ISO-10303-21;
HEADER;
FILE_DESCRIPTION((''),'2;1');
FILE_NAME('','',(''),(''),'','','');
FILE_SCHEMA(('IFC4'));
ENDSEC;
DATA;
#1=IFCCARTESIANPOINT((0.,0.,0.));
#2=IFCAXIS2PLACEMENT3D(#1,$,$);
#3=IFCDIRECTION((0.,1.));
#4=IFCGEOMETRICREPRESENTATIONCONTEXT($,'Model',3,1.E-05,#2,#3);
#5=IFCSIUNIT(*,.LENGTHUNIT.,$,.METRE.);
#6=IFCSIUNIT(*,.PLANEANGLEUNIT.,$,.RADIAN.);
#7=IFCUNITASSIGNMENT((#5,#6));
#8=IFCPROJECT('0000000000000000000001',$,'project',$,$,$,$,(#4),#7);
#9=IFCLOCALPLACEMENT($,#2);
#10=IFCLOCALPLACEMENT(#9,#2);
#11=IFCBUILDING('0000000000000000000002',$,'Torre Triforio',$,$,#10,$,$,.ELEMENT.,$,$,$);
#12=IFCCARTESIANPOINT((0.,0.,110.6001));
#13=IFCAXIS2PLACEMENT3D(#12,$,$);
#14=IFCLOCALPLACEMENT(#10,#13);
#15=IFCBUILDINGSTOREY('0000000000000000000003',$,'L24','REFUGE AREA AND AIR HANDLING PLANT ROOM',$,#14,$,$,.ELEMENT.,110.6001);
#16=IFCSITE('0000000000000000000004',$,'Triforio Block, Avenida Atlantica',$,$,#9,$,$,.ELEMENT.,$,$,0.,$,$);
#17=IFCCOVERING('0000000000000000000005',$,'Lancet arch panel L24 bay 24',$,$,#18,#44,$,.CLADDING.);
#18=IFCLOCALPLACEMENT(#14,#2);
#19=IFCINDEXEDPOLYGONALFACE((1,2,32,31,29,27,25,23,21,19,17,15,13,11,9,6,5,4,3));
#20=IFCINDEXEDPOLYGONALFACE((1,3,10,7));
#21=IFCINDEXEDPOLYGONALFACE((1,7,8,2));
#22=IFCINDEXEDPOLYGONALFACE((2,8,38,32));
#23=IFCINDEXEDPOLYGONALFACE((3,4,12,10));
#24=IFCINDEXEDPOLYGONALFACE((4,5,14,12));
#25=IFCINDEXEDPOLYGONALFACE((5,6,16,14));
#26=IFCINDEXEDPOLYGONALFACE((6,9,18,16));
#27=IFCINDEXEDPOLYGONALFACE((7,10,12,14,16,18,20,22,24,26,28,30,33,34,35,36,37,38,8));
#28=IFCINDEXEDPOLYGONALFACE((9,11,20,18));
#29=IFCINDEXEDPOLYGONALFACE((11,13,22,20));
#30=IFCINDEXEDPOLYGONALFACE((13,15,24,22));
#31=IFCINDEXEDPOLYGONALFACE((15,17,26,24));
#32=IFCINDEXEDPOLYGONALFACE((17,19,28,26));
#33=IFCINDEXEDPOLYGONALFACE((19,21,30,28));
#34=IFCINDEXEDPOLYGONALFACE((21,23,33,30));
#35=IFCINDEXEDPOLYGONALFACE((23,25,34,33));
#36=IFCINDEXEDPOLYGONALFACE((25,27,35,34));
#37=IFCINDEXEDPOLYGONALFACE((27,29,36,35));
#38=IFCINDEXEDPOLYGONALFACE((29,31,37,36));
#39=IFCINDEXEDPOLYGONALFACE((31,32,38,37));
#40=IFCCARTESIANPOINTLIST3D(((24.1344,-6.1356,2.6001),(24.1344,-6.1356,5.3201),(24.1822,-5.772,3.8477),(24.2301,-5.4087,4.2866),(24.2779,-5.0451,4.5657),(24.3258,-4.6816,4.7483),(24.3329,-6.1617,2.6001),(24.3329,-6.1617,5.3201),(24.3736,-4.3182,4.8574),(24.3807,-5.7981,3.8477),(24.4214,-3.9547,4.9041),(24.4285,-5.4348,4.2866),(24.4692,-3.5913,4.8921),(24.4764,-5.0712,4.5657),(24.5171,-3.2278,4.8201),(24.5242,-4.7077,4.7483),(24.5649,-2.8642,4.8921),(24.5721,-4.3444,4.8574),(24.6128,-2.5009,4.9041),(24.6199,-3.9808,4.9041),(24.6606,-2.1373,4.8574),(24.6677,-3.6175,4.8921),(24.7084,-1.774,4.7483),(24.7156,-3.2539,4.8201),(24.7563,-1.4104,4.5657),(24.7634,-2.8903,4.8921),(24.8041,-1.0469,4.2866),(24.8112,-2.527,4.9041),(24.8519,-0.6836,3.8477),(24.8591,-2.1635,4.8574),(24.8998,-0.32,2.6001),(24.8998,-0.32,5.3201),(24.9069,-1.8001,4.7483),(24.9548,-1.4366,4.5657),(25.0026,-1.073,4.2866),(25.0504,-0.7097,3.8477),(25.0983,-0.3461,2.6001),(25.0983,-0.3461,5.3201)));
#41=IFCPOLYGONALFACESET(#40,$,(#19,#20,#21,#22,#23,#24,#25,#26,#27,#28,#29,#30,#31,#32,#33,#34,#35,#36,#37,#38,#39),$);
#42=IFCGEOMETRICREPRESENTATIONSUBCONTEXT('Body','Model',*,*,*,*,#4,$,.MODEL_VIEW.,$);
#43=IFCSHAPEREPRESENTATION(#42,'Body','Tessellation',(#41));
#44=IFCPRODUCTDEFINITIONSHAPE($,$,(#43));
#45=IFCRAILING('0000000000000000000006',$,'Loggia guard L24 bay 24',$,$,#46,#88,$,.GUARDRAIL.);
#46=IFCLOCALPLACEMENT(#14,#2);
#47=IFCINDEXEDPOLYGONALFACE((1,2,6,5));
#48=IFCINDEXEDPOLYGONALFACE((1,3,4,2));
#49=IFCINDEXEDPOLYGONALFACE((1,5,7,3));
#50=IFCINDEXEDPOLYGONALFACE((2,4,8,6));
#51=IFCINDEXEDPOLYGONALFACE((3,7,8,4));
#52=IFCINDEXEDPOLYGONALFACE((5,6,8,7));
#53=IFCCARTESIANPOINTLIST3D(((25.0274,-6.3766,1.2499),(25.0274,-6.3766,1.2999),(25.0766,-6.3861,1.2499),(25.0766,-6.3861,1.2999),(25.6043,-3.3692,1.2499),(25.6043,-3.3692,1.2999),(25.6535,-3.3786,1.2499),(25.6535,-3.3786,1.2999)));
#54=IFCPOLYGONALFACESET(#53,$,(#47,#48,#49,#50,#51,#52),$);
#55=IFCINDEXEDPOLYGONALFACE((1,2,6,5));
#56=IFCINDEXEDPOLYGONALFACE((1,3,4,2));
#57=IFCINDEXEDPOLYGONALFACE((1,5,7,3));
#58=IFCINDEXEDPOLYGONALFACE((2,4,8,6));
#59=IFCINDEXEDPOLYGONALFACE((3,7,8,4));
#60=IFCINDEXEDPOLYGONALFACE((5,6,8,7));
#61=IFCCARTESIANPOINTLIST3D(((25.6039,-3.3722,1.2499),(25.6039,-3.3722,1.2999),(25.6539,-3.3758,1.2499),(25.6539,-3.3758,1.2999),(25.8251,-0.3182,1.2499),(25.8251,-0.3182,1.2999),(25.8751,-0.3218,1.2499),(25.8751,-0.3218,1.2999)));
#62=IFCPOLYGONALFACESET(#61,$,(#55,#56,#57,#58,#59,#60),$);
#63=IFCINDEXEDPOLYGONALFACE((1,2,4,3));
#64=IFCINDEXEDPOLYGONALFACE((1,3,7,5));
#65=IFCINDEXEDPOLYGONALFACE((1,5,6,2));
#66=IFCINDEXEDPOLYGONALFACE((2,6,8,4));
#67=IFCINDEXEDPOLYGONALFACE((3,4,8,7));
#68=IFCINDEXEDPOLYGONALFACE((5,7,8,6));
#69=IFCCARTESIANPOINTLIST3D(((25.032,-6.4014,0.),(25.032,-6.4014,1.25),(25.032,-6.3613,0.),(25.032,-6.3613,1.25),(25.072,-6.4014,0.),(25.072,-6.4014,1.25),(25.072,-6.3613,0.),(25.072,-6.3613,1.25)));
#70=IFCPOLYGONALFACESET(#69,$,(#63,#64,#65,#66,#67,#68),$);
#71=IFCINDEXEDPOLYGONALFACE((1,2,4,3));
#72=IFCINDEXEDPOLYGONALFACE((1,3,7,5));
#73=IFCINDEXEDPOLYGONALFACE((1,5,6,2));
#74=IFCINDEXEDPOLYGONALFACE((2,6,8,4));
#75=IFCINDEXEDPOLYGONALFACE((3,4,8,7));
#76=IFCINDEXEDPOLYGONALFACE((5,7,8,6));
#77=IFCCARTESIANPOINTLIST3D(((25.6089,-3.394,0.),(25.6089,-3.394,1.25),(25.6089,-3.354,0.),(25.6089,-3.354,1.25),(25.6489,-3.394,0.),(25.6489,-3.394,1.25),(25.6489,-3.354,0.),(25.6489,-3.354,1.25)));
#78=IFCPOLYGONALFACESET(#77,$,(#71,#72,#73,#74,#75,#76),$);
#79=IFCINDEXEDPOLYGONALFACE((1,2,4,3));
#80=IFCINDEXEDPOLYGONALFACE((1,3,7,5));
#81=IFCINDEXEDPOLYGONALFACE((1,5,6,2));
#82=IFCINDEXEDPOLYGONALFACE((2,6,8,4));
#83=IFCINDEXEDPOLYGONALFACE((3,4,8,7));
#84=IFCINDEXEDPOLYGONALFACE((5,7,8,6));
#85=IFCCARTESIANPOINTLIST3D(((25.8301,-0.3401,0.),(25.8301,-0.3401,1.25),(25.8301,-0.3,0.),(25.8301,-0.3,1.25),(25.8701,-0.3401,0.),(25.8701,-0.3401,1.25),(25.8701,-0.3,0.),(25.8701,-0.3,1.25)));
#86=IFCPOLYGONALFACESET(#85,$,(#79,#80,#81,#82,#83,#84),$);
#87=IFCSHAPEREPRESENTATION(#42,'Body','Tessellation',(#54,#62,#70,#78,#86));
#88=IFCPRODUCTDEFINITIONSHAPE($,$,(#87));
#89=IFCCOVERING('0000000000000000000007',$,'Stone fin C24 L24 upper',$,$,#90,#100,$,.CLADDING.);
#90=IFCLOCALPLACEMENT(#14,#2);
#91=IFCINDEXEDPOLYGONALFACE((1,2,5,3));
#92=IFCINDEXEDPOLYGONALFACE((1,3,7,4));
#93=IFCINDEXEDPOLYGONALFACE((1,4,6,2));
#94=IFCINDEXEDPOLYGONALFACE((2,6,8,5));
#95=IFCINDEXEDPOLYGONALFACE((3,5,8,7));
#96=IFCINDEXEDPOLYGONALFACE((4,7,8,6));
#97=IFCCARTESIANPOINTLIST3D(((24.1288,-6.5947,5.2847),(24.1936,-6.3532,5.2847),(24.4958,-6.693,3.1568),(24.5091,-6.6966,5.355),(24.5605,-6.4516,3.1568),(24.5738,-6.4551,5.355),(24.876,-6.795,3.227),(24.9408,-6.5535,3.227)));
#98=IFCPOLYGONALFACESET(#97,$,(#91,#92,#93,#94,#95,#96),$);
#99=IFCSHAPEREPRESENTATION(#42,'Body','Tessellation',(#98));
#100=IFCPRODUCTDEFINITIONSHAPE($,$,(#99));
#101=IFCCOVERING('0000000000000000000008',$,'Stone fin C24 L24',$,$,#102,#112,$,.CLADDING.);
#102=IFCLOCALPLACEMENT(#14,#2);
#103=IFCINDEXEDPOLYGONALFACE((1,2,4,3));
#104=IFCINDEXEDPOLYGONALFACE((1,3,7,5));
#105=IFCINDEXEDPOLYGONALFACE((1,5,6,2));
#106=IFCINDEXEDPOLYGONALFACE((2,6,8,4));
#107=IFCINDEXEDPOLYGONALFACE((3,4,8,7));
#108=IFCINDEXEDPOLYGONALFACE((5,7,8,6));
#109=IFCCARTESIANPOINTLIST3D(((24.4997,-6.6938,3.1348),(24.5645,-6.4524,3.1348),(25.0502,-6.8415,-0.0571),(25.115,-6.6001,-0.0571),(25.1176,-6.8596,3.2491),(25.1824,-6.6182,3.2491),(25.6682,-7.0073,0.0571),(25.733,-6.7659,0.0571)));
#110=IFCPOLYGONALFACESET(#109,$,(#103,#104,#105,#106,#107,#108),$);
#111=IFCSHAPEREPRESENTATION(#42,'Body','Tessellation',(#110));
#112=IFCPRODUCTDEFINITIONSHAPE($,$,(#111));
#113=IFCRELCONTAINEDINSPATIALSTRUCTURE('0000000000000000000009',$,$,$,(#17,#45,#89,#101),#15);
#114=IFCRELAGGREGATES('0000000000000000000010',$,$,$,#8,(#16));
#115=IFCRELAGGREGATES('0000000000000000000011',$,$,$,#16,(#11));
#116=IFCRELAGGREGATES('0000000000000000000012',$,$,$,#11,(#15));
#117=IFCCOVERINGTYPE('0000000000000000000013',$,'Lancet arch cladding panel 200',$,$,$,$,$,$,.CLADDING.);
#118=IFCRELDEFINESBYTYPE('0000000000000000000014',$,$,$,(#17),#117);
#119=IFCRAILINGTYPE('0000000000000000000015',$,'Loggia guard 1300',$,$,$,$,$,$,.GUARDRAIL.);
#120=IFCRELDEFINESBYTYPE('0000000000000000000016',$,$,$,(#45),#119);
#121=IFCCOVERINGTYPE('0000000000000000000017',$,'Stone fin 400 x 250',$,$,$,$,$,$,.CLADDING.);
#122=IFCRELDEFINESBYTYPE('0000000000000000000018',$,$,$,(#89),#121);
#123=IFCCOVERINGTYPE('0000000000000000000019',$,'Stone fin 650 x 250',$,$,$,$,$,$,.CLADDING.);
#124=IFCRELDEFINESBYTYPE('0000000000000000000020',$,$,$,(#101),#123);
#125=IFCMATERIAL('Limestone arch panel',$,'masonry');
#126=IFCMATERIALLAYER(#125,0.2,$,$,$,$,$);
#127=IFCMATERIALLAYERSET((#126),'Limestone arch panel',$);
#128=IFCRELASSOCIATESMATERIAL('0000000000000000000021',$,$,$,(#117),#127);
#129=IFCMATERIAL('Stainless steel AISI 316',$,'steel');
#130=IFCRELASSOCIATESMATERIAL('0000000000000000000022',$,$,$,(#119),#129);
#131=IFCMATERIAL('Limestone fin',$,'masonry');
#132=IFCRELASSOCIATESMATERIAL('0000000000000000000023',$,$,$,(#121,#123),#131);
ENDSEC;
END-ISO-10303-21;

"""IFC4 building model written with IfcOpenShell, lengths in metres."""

from ifc_helpers import new_model, si_unit, direction, frame, origin, origin_2d, place, context, subcontext, project, spatial, polyline, rectangle, outline, extrude, material, layer, layer_set, material_profile, profile_set, type_object, element, save


model = new_model("IFC4")

# Units and contexts
model_context = context("Model", 3, precision=1e-05, world=origin(), true_north=direction((0.0, 1.0)))
body_context = subcontext(model_context, "Body", "Model", "MODEL_VIEW")
ifc_project = project(units=[si_unit("LENGTHUNIT", "METRE"), si_unit("PLANEANGLEUNIT", "RADIAN")], contexts=[model_context])

# Site, building, storey
site_placement = place(None, origin())
site = spatial("IfcSite", under=ifc_project, at=site_placement, Name="Triforio Block, Avenida Atlantica", CompositionType="ELEMENT", RefElevation=0.0)
building_placement = place(site_placement, origin())
building = spatial("IfcBuilding", under=site, at=building_placement, Name="Torre Triforio", CompositionType="ELEMENT")
storey_placement = place(building_placement, frame((0.0, 0.0, 110.6001)))
storey = spatial("IfcBuildingStorey", under=building, at=storey_placement, Name="L24", Description="REFUGE AREA AND AIR HANDLING PLANT ROOM", CompositionType="ELEMENT", Elevation=110.6001)

# Covering
ifc_material_1 = material(Name="Limestone arch panel", Category="masonry")
ifc_layer_1 = layer(ifc_material_1, 0.2)
ifc_layer_set_1 = layer_set([ifc_layer_1], Name="Limestone arch panel")
covering_type_1 = type_object("IfcCoveringType", Name="Lancet arch cladding panel 200", PredefinedType="CLADDING", material=ifc_layer_set_1)
covering_1_placement = place(storey_placement, frame((24.5171, -3.2278, 0.0), z_axis=(0.99145, -0.130486, 0.0), x_axis=(0.130486, 0.99145, 0.0)))
element("IfcCovering", 1, at=covering_1_placement, inside=storey, type_object=covering_type_1, Name="Lancet arch panel L24 bay 24", PredefinedType="CLADDING", context=body_context, shape_type="SweptSolid", body=[
    extrude(outline(polyline([(-2.9329, 5.3201), (-2.9329, 2.6001), (-2.5662, 3.8477), (-2.1997, 4.2866), (-1.833, 4.5657), (-1.4663, 4.7483), (-1.0999, 4.8574), (-0.7332, 4.9041), (-0.3667, 4.8921), (0.0, 4.8201), (0.3667, 4.8921), (0.7332, 4.9041), (1.0999, 4.8574), (1.4663, 4.7483), (1.833, 4.5657), (2.1997, 4.2866), (2.5662, 3.8477), (2.9329, 2.6001), (2.9329, 5.3201), (-2.9329, 5.3201)])), origin(), (0.0, 0.0, 1.0), 0.2002),
])

# Railing
ifc_material_2 = material(Name="Stainless steel AISI 316", Category="steel")
railing_type = type_object("IfcRailingType", Name="Loggia guard 1300", PredefinedType="GUARDRAIL", material=ifc_material_2)
railing_placement = place(storey_placement, frame((25.052, -6.3813, 0.0)))
element("IfcRailing", 2, at=railing_placement, inside=storey, type_object=railing_type, Name="Loggia guard L24 bay 24", PredefinedType="GUARDRAIL", context=body_context, shape_type="SweptSolid", body=[
    extrude(rectangle(XDim=0.05, YDim=0.05, at=origin_2d()), frame((0.0, 0.0, 1.2749), z_axis=(0.188398, 0.982093, 0.0), x_axis=(-0.982093, 0.188398, 0.0)), (0.0, 0.0, 1.0), 3.0623),
    extrude(rectangle(XDim=0.05, YDim=0.05, at=origin_2d()), frame((0.5769, 3.0073, 1.2749), z_axis=(0.072239, 0.997387, 0.0), x_axis=(-0.997387, 0.072239, 0.0)), (0.0, 0.0, 1.0), 3.062),
    extrude(rectangle(XDim=0.04, YDim=0.04, at=origin_2d()), origin(), (0.0, 0.0, 1.0), 1.25),
    extrude(rectangle(XDim=0.04, YDim=0.04, at=origin_2d()), frame((0.5769, 3.0073, 0.0)), (0.0, 0.0, 1.0), 1.25),
    extrude(rectangle(XDim=0.04, YDim=0.04, at=origin_2d()), frame((0.7981, 6.0613, 0.0)), (0.0, 0.0, 1.0), 1.25),
])

# Coverings
ifc_material_3 = material(Name="Limestone fin", Category="masonry")
ifc_material_profile_1 = material_profile(ifc_material_3, rectangle(XDim=0.3999, YDim=0.25, at=origin_2d()), Name="FIN 400x250")
ifc_profile_set_1 = profile_set([ifc_material_profile_1], Name="Limestone fin")
covering_type_2 = type_object("IfcCoveringType", Name="Stone fin 400 x 250", PredefinedType="CLADDING", material=ifc_profile_set_1)
covering_2_placement = place(storey_placement, frame((24.7183, -6.6233, 3.1919), z_axis=(-0.169757, 0.045517, 0.984434), x_axis=(0.950847, -0.254951, 0.175754)))
element("IfcCovering", 3, at=covering_2_placement, inside=storey, type_object=covering_type_2, Name="Stone fin C24 L24 upper", PredefinedType="CLADDING", context=body_context, shape_type="SweptSolid", body=[
    extrude(rectangle(XDim=0.3999, YDim=0.25, at=origin_2d()), origin(), (0.0, 0.0, 1.0), 2.1616),
])
ifc_material_profile_2 = material_profile(ifc_material_3, rectangle(XDim=0.6499, YDim=0.25, at=origin_2d()), Name="FIN 650x250")
ifc_profile_set_2 = profile_set([ifc_material_profile_2], Name="Limestone fin")
covering_type_3 = type_object("IfcCoveringType", Name="Stone fin 650 x 250", PredefinedType="CLADDING", material=ifc_profile_set_2)
covering_3_placement = place(storey_placement, frame((25.3916, -6.8037, 0.0), z_axis=(-0.169794, 0.045554, 0.984426), x_axis=(0.950801, -0.255093, 0.175798)))
element("IfcCovering", 4, at=covering_3_placement, inside=storey, type_object=covering_type_3, Name="Stone fin C24 L24", PredefinedType="CLADDING", context=body_context, shape_type="SweptSolid", body=[
    extrude(rectangle(XDim=0.6499, YDim=0.25, at=origin_2d()), origin(), (0.0, 0.0, 1.0), 3.2424),
])

save(model, "model.ifc")
